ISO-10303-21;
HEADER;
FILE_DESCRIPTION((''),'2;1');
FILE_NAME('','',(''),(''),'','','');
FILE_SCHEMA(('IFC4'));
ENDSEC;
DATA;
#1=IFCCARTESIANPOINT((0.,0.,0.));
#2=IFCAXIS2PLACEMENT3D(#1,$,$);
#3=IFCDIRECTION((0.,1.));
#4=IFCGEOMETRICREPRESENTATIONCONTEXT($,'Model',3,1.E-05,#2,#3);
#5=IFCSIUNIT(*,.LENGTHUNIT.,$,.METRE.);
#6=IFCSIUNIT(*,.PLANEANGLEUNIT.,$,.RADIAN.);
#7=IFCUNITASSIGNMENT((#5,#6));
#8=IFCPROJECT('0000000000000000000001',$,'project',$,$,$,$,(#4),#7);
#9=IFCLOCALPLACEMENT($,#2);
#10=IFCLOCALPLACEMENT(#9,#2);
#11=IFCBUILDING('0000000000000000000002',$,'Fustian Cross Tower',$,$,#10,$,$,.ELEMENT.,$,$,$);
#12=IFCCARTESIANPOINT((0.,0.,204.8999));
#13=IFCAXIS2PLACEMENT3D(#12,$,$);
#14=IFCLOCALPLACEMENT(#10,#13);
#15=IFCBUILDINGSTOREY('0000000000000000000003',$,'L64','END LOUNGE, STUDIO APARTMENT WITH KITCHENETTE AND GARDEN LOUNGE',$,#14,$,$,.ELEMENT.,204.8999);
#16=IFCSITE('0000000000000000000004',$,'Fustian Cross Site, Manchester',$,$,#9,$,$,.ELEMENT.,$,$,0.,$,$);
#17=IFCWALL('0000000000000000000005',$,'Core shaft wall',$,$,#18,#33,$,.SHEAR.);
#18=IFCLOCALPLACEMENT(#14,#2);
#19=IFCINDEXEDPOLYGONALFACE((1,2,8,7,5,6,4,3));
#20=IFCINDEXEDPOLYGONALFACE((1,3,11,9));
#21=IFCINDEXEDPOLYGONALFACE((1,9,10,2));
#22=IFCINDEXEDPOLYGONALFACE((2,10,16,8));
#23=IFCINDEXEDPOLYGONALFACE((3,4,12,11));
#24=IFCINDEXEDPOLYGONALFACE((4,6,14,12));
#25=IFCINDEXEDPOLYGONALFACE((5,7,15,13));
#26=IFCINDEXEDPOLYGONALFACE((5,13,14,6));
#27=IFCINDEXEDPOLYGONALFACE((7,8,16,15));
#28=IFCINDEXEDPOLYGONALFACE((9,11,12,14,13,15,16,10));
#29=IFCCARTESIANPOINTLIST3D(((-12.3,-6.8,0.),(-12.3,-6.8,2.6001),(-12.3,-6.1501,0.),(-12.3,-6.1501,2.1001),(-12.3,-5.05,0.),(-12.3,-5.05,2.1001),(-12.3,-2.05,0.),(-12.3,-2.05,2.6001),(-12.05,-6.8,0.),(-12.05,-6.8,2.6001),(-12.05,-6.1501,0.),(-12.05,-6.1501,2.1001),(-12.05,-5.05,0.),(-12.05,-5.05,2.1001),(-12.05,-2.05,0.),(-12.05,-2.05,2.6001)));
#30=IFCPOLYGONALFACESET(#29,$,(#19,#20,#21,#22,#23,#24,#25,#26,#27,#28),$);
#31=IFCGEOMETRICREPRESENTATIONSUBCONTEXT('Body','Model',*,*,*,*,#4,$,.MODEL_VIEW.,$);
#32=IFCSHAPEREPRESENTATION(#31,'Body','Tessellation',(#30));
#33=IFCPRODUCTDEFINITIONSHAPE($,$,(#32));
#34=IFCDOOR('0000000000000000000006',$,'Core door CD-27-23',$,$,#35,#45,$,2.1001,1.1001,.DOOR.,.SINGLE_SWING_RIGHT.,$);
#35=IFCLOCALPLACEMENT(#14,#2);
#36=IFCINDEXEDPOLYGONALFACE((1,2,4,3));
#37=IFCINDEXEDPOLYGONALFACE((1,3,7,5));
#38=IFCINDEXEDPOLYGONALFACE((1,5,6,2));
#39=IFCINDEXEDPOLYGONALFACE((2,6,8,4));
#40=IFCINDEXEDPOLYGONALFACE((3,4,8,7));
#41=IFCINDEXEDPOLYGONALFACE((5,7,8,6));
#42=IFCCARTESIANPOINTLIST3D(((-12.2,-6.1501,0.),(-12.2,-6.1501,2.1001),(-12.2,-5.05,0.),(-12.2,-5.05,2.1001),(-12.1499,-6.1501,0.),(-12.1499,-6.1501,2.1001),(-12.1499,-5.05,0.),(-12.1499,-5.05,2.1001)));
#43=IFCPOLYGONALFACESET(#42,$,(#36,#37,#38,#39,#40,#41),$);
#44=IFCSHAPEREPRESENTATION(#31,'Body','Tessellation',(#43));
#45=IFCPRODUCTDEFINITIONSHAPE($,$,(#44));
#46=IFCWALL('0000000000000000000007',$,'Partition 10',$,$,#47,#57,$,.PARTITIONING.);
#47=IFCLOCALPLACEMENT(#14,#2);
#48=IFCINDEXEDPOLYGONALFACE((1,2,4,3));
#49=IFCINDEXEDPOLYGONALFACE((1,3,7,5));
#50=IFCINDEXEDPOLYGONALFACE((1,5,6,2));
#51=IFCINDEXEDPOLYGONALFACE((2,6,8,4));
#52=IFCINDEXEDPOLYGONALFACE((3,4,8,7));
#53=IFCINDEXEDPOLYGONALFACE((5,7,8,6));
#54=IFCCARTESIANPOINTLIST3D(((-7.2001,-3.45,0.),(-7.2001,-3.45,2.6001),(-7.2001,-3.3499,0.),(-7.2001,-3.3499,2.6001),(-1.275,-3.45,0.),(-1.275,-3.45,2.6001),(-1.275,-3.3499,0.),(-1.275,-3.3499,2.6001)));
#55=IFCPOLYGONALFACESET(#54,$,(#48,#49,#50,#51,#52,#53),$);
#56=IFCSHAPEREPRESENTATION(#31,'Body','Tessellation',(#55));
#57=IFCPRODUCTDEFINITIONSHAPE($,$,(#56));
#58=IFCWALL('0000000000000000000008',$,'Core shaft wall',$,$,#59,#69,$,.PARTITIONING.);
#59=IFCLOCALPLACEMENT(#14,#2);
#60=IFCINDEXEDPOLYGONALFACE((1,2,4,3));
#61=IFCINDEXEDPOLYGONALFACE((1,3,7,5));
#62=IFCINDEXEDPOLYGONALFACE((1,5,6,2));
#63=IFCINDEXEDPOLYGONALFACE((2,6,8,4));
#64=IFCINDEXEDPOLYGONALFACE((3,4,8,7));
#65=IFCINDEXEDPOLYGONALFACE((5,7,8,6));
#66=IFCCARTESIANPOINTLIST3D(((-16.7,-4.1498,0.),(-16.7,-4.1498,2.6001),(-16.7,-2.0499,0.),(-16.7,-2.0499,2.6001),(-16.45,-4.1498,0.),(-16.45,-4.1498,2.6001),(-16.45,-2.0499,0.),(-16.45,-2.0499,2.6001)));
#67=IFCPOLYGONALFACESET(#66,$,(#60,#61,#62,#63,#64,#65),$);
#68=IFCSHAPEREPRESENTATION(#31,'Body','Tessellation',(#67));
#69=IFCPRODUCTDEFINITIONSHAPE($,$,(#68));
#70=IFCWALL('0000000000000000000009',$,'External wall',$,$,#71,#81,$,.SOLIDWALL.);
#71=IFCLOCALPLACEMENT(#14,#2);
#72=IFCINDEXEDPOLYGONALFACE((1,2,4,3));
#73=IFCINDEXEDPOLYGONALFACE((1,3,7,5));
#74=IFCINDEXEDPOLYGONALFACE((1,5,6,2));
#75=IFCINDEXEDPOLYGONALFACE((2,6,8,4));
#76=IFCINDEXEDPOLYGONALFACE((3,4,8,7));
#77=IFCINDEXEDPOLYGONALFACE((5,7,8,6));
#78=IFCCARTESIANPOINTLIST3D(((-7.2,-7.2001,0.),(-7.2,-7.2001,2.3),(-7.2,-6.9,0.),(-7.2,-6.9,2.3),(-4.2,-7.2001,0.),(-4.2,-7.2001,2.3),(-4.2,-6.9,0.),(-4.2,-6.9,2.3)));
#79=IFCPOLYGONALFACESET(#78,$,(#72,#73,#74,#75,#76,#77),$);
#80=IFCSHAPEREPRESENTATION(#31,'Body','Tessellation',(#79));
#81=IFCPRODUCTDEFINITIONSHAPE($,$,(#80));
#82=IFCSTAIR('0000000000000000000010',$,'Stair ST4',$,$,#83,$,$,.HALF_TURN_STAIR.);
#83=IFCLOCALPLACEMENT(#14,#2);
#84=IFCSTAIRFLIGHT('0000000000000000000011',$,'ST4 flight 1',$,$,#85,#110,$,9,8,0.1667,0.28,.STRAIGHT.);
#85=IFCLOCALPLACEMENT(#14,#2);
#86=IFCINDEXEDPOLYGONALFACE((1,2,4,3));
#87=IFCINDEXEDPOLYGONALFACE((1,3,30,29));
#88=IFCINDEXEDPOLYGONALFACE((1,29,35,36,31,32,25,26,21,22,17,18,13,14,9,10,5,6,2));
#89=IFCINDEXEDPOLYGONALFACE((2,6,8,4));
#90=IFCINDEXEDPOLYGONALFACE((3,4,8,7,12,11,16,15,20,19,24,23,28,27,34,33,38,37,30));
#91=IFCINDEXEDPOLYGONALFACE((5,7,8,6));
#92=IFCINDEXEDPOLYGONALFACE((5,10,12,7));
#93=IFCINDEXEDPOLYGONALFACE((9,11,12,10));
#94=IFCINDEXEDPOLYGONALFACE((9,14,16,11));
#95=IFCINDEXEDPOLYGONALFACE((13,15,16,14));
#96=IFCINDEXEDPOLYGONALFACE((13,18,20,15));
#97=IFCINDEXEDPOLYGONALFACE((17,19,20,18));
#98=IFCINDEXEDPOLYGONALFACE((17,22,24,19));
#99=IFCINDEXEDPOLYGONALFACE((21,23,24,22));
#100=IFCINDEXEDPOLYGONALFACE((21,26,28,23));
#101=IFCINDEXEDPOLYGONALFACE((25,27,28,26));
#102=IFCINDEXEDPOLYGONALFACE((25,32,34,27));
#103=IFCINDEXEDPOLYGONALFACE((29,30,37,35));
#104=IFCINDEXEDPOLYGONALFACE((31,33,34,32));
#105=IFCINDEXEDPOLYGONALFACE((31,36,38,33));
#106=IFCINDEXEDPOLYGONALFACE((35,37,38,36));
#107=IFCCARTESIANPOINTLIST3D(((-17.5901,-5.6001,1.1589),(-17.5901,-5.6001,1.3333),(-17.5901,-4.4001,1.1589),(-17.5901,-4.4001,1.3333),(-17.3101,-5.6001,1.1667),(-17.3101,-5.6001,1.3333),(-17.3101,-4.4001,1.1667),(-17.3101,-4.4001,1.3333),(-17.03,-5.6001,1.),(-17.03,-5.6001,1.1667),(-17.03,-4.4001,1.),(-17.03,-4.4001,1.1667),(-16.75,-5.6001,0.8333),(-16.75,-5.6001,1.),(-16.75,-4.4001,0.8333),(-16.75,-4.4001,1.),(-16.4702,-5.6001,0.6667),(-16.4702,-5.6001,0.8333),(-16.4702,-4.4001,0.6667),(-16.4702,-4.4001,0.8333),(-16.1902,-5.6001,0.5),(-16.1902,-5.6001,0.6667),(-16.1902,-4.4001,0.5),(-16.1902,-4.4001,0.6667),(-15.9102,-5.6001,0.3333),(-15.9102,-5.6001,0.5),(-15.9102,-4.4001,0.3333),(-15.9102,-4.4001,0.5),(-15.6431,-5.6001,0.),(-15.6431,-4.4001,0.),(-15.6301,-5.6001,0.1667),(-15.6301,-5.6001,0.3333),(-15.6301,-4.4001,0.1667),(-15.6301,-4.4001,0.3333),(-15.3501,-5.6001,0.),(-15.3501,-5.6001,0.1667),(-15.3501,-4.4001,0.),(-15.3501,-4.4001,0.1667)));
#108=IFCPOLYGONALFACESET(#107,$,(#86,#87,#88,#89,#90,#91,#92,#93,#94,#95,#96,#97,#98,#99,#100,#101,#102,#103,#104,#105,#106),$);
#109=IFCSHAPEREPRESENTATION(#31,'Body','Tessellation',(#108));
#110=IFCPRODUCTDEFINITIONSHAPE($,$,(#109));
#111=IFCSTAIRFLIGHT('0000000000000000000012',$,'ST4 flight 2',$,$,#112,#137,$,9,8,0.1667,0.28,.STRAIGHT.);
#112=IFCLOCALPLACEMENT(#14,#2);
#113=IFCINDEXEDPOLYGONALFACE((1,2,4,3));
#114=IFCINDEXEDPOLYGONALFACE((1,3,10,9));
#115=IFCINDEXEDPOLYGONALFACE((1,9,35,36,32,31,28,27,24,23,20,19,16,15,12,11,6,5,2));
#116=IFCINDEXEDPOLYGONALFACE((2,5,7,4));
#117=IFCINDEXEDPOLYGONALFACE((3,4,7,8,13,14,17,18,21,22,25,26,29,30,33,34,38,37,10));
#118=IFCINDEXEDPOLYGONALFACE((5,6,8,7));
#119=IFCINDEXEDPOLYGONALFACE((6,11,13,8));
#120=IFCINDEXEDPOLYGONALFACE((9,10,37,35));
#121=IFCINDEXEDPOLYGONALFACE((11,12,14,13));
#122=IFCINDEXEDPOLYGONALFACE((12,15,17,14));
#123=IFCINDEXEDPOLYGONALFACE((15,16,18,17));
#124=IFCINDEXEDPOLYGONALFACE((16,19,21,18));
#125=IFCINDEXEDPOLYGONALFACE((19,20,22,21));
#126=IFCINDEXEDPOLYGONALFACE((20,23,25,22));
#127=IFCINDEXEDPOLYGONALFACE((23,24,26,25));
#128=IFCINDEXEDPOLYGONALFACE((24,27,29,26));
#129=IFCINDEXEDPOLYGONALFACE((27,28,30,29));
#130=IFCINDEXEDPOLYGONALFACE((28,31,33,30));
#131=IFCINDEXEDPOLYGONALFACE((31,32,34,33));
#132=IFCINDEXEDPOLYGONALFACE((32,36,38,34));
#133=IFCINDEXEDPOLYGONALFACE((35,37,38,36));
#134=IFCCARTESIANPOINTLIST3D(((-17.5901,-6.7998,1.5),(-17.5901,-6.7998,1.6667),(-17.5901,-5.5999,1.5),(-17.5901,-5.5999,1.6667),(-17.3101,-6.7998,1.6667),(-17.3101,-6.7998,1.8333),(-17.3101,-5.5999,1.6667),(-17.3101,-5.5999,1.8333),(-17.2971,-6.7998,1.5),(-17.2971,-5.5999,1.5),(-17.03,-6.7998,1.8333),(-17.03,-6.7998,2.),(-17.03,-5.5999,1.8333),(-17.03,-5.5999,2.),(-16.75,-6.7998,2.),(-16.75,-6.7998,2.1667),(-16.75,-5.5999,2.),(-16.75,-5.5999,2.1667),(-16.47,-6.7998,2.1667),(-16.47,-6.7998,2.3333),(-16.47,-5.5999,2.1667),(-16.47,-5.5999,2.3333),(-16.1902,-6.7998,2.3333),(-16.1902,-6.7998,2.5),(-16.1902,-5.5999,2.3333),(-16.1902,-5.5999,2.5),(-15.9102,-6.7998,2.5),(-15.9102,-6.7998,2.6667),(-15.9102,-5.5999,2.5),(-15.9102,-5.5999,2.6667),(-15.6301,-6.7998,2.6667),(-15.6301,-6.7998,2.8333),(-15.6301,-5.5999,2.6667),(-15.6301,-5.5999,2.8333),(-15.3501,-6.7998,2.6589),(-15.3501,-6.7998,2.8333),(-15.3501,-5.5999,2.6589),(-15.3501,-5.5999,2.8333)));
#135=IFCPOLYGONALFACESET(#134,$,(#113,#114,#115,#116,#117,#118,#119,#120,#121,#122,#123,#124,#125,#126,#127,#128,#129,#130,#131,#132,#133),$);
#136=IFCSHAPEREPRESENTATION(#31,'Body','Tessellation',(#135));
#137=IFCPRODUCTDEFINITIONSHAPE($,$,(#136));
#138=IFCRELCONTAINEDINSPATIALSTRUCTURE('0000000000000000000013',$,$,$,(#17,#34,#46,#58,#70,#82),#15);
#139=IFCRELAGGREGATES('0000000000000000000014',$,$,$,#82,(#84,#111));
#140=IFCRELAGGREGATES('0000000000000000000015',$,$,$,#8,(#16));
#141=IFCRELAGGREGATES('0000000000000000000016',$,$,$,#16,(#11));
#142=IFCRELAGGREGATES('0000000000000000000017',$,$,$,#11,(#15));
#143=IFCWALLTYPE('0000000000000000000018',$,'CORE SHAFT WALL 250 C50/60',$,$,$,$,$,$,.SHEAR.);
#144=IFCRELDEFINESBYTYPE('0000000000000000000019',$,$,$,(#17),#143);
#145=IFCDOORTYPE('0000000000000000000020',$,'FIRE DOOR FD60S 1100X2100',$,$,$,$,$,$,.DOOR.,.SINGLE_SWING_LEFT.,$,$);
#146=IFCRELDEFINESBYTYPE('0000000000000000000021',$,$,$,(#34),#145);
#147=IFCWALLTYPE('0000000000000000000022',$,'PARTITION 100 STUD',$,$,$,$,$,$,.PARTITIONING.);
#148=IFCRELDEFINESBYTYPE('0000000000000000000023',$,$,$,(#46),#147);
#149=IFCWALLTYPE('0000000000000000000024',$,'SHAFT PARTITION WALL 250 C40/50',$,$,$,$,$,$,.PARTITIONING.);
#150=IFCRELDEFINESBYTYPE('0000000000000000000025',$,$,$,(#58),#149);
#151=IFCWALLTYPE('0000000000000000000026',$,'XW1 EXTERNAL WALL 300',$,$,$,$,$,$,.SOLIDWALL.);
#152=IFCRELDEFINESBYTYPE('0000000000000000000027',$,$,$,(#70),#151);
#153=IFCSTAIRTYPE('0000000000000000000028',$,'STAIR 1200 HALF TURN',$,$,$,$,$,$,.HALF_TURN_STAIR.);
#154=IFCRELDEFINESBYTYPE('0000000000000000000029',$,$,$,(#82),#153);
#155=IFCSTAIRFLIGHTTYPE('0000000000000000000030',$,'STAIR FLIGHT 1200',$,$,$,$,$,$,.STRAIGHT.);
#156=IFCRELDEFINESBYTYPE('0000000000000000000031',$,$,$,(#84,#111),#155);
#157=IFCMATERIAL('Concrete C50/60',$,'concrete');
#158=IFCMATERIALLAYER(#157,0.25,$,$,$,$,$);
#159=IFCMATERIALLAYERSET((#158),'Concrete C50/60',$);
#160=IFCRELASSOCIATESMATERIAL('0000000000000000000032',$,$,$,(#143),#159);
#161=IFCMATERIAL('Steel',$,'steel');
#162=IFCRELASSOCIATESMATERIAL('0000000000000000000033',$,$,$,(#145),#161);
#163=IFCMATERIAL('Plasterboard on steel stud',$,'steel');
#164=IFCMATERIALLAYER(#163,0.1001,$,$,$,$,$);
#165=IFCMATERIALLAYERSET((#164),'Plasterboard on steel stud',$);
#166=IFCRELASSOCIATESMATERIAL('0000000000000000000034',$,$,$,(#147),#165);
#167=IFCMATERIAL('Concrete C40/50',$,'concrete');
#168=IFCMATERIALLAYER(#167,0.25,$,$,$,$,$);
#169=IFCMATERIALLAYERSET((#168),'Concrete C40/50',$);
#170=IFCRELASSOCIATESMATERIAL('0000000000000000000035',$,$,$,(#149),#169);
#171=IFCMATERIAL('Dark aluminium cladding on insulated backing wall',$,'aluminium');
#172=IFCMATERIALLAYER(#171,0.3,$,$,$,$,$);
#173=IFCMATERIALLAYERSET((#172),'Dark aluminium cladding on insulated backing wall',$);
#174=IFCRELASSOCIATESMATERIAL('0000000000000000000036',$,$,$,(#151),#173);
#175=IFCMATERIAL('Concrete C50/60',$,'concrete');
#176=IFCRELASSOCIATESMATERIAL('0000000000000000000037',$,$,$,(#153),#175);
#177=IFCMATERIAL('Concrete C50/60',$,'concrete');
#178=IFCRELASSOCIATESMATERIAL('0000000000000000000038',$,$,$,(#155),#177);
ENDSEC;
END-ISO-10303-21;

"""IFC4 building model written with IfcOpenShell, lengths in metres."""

from ifc_helpers import new_model, si_unit, direction, frame, frame_2d, origin, place, context, subcontext, project, spatial, polyline, rectangle, outline, extrude, material, layer, layer_set, type_object, element, fill, aggregate, save


model = new_model("IFC4")

# Units and contexts
model_context = context("Model", 3, precision=1e-05, world=origin(), true_north=direction((0.0, 1.0)))
body_context = subcontext(model_context, "Body", "Model", "MODEL_VIEW")
ifc_project = project(units=[si_unit("LENGTHUNIT", "METRE"), si_unit("PLANEANGLEUNIT", "RADIAN")], contexts=[model_context])

# Site, building, storey
site_placement = place(None, origin())
site = spatial("IfcSite", under=ifc_project, at=site_placement, Name="Fustian Cross Site, Manchester", CompositionType="ELEMENT", RefElevation=0.0)
building_placement = place(site_placement, origin())
building = spatial("IfcBuilding", under=site, at=building_placement, Name="Fustian Cross Tower", CompositionType="ELEMENT")
storey_placement = place(building_placement, frame((0.0, 0.0, 204.8999)))
storey = spatial("IfcBuildingStorey", under=building, at=storey_placement, Name="L64", Description="END LOUNGE, STUDIO APARTMENT WITH KITCHENETTE AND GARDEN LOUNGE", CompositionType="ELEMENT", Elevation=204.8999)

# Shared definitions
ifc_material_1 = material(Name="Concrete C50/60", Category="concrete")
ifc_layer_1 = layer(ifc_material_1, 0.25)
ifc_layer_set_1 = layer_set([ifc_layer_1], Name="Concrete C50/60")
wall_type_1 = type_object("IfcWallType", Name="CORE SHAFT WALL 250 C50/60", PredefinedType="SHEAR", material=ifc_layer_set_1)

# Wall, opening, door
wall_1_placement = place(storey_placement, frame((-12.175, -2.05, 0.0), z_axis=(0.0, 0.0, 1.0), x_axis=(0.0, -1.0, 0.0)))
wall_1 = element("IfcWall", 1, at=wall_1_placement, inside=storey, type_object=wall_type_1, Name="Core shaft wall", PredefinedType="SHEAR", context=body_context, shape_type="SweptSolid", body=[
    extrude(rectangle(XDim=4.75, YDim=0.25, at=frame_2d((2.375, 0.0))), origin(), (0.0, 0.0, 1.0), 2.6001),
])
opening_1_placement = place(wall_1_placement, frame((3.0, 0.0, 0.0)))
opening_1 = element("IfcOpeningElement", 2, at=opening_1_placement, cuts=wall_1, PredefinedType="OPENING", context=body_context, shape_type="SweptSolid", body=[
    extrude(rectangle(XDim=1.1001, YDim=2.1001, at=frame_2d((0.55, 1.05))), frame((0.0, 0.135, 0.0), z_axis=(0.0, -1.0, 0.0), x_axis=(1.0, 0.0, 0.0)), (0.0, 0.0, 1.0), 0.27),
])
ifc_material_2 = material(Name="Steel", Category="steel")
door_type_1 = type_object("IfcDoorType", Name="FIRE DOOR FD60S 1100X2100", OperationType="SINGLE_SWING_LEFT", PredefinedType="DOOR", material=ifc_material_2)
door_1_placement = place(opening_1_placement, frame((1.1001, 0.0, 0.0), z_axis=(0.0, 0.0, 1.0), x_axis=(-1.0, 0.0, 0.0)))
door_1 = element("IfcDoor", 3, at=door_1_placement, inside=storey, type_object=door_type_1, Name="Core door CD-27-23", OperationType="SINGLE_SWING_RIGHT", OverallHeight=2.1001, OverallWidth=1.1001, PredefinedType="DOOR", context=body_context, shape_type="SweptSolid", body=[
    extrude(rectangle(XDim=1.1001, YDim=2.1001, at=frame_2d((0.55, 1.05))), frame((0.0, 0.0249, 0.0), z_axis=(0.0, -1.0, 0.0), x_axis=(1.0, 0.0, 0.0)), (0.0, 0.0, 1.0), 0.05),
])
fill(opening_1, door_1)

# Walls
ifc_material_3 = material(Name="Plasterboard on steel stud", Category="steel")
ifc_layer_2 = layer(ifc_material_3, 0.1001)
ifc_layer_set_2 = layer_set([ifc_layer_2], Name="Plasterboard on steel stud")
wall_type_2 = type_object("IfcWallType", Name="PARTITION 100 STUD", PredefinedType="PARTITIONING", material=ifc_layer_set_2)
wall_2_placement = place(storey_placement, frame((-7.2, -3.3999, 0.0), z_axis=(0.0, 0.0, 1.0), x_axis=(1.0, 0.0, 0.0)))
element("IfcWall", 4, at=wall_2_placement, inside=storey, type_object=wall_type_2, Name="Partition 10", PredefinedType="PARTITIONING", context=body_context, shape_type="SweptSolid", body=[
    extrude(rectangle(XDim=5.925, YDim=0.1001, at=frame_2d((2.9624, 0.0))), origin(), (0.0, 0.0, 1.0), 2.6001),
])
ifc_material_4 = material(Name="Concrete C40/50", Category="concrete")
ifc_layer_3 = layer(ifc_material_4, 0.25)
ifc_layer_set_3 = layer_set([ifc_layer_3], Name="Concrete C40/50")
wall_type_3 = type_object("IfcWallType", Name="SHAFT PARTITION WALL 250 C40/50", PredefinedType="PARTITIONING", material=ifc_layer_set_3)
wall_3_placement = place(storey_placement, frame((-16.575, -2.05, 0.0), z_axis=(0.0, 0.0, 1.0), x_axis=(0.0, -1.0, 0.0)))
element("IfcWall", 5, at=wall_3_placement, inside=storey, type_object=wall_type_3, Name="Core shaft wall", PredefinedType="PARTITIONING", context=body_context, shape_type="SweptSolid", body=[
    extrude(rectangle(XDim=2.0999, YDim=0.25, at=frame_2d((1.0498, 0.0))), origin(), (0.0, 0.0, 1.0), 2.6001),
])
ifc_material_5 = material(Name="Dark aluminium cladding on insulated backing wall", Category="aluminium")
ifc_layer_4 = layer(ifc_material_5, 0.3)
ifc_layer_set_4 = layer_set([ifc_layer_4], Name="Dark aluminium cladding on insulated backing wall")
wall_type_4 = type_object("IfcWallType", Name="XW1 EXTERNAL WALL 300", PredefinedType="SOLIDWALL", material=ifc_layer_set_4)
wall_4_placement = place(storey_placement, frame((-7.2, -7.05, 0.0), z_axis=(0.0, 0.0, 1.0), x_axis=(1.0, 0.0, 0.0)))
element("IfcWall", 6, at=wall_4_placement, inside=storey, type_object=wall_type_4, Name="External wall", PredefinedType="SOLIDWALL", context=body_context, shape_type="SweptSolid", body=[
    extrude(rectangle(XDim=3.0, YDim=0.3, at=frame_2d((1.5, 0.0))), origin(), (0.0, 0.0, 1.0), 2.3),
])

# Stair, stair flights
ifc_material_6 = material(Name="Concrete C50/60", Category="concrete")
stair_type = type_object("IfcStairType", Name="STAIR 1200 HALF TURN", PredefinedType="HALF_TURN_STAIR", material=ifc_material_6)
stair_placement = place(storey_placement, origin())
stair = element("IfcStair", 7, at=stair_placement, inside=storey, type_object=stair_type, Name="Stair ST4", PredefinedType="HALF_TURN_STAIR")
ifc_material_7 = material(Name="Concrete C50/60", Category="concrete")
stair_flight_type = type_object("IfcStairFlightType", Name="STAIR FLIGHT 1200", PredefinedType="STRAIGHT", material=ifc_material_7)
stair_flight_1_placement = place(storey_placement, frame((-15.3501, -5.0, 0.0), z_axis=(0.0, 0.0, 1.0), x_axis=(-1.0, 0.0, 0.0)))
stair_flight_1 = element("IfcStairFlight", 8, at=stair_flight_1_placement, type_object=stair_flight_type, Name="ST4 flight 1", NumberOfRisers=9, NumberOfTreads=8, PredefinedType="STRAIGHT", RiserHeight=0.1667, TreadLength=0.28, context=body_context, shape_type="SweptSolid", body=[
    extrude(outline(polyline([(0.0, 0.0), (0.0, 0.1667), (0.28, 0.1667), (0.28, 0.3333), (0.5601, 0.3333), (0.5601, 0.5), (0.8401, 0.5), (0.8401, 0.6667), (1.1201, 0.6667), (1.1201, 0.8333), (1.3999, 0.8333), (1.3999, 1.0), (1.6799, 1.0), (1.6799, 1.1667), (1.96, 1.1667), (1.96, 1.3333), (2.24, 1.3333), (2.24, 1.5), (2.24, 1.1589), (0.293, 0.0), (0.0, 0.0)])), frame((0.0, 0.6001, 0.0), z_axis=(0.0, -1.0, 0.0), x_axis=(1.0, 0.0, 0.0)), (0.0, 0.0, 1.0), 1.2),
])
stair_flight_2_placement = place(storey_placement, frame((-17.5901, -6.2, 1.5), z_axis=(0.0, 0.0, 1.0), x_axis=(1.0, 0.0, 0.0)))
stair_flight_2 = element("IfcStairFlight", 9, at=stair_flight_2_placement, type_object=stair_flight_type, Name="ST4 flight 2", NumberOfRisers=9, NumberOfTreads=8, PredefinedType="STRAIGHT", RiserHeight=0.1667, TreadLength=0.28, context=body_context, shape_type="SweptSolid", body=[
    extrude(outline(polyline([(0.0, 0.0), (0.0, 0.1667), (0.28, 0.1667), (0.28, 0.3333), (0.5601, 0.3333), (0.5601, 0.5), (0.8401, 0.5), (0.8401, 0.6667), (1.1201, 0.6667), (1.1201, 0.8333), (1.3999, 0.8333), (1.3999, 1.0), (1.6799, 1.0), (1.6799, 1.1667), (1.96, 1.1667), (1.96, 1.3333), (2.24, 1.3333), (2.24, 1.5), (2.24, 1.1589), (0.293, 0.0), (0.0, 0.0)])), frame((0.0, 0.6001, 0.0), z_axis=(0.0, -1.0, 0.0), x_axis=(1.0, 0.0, 0.0)), (0.0, 0.0, 1.0), 1.2),
])
aggregate(stair, [stair_flight_1, stair_flight_2])

save(model, "model.ifc")
